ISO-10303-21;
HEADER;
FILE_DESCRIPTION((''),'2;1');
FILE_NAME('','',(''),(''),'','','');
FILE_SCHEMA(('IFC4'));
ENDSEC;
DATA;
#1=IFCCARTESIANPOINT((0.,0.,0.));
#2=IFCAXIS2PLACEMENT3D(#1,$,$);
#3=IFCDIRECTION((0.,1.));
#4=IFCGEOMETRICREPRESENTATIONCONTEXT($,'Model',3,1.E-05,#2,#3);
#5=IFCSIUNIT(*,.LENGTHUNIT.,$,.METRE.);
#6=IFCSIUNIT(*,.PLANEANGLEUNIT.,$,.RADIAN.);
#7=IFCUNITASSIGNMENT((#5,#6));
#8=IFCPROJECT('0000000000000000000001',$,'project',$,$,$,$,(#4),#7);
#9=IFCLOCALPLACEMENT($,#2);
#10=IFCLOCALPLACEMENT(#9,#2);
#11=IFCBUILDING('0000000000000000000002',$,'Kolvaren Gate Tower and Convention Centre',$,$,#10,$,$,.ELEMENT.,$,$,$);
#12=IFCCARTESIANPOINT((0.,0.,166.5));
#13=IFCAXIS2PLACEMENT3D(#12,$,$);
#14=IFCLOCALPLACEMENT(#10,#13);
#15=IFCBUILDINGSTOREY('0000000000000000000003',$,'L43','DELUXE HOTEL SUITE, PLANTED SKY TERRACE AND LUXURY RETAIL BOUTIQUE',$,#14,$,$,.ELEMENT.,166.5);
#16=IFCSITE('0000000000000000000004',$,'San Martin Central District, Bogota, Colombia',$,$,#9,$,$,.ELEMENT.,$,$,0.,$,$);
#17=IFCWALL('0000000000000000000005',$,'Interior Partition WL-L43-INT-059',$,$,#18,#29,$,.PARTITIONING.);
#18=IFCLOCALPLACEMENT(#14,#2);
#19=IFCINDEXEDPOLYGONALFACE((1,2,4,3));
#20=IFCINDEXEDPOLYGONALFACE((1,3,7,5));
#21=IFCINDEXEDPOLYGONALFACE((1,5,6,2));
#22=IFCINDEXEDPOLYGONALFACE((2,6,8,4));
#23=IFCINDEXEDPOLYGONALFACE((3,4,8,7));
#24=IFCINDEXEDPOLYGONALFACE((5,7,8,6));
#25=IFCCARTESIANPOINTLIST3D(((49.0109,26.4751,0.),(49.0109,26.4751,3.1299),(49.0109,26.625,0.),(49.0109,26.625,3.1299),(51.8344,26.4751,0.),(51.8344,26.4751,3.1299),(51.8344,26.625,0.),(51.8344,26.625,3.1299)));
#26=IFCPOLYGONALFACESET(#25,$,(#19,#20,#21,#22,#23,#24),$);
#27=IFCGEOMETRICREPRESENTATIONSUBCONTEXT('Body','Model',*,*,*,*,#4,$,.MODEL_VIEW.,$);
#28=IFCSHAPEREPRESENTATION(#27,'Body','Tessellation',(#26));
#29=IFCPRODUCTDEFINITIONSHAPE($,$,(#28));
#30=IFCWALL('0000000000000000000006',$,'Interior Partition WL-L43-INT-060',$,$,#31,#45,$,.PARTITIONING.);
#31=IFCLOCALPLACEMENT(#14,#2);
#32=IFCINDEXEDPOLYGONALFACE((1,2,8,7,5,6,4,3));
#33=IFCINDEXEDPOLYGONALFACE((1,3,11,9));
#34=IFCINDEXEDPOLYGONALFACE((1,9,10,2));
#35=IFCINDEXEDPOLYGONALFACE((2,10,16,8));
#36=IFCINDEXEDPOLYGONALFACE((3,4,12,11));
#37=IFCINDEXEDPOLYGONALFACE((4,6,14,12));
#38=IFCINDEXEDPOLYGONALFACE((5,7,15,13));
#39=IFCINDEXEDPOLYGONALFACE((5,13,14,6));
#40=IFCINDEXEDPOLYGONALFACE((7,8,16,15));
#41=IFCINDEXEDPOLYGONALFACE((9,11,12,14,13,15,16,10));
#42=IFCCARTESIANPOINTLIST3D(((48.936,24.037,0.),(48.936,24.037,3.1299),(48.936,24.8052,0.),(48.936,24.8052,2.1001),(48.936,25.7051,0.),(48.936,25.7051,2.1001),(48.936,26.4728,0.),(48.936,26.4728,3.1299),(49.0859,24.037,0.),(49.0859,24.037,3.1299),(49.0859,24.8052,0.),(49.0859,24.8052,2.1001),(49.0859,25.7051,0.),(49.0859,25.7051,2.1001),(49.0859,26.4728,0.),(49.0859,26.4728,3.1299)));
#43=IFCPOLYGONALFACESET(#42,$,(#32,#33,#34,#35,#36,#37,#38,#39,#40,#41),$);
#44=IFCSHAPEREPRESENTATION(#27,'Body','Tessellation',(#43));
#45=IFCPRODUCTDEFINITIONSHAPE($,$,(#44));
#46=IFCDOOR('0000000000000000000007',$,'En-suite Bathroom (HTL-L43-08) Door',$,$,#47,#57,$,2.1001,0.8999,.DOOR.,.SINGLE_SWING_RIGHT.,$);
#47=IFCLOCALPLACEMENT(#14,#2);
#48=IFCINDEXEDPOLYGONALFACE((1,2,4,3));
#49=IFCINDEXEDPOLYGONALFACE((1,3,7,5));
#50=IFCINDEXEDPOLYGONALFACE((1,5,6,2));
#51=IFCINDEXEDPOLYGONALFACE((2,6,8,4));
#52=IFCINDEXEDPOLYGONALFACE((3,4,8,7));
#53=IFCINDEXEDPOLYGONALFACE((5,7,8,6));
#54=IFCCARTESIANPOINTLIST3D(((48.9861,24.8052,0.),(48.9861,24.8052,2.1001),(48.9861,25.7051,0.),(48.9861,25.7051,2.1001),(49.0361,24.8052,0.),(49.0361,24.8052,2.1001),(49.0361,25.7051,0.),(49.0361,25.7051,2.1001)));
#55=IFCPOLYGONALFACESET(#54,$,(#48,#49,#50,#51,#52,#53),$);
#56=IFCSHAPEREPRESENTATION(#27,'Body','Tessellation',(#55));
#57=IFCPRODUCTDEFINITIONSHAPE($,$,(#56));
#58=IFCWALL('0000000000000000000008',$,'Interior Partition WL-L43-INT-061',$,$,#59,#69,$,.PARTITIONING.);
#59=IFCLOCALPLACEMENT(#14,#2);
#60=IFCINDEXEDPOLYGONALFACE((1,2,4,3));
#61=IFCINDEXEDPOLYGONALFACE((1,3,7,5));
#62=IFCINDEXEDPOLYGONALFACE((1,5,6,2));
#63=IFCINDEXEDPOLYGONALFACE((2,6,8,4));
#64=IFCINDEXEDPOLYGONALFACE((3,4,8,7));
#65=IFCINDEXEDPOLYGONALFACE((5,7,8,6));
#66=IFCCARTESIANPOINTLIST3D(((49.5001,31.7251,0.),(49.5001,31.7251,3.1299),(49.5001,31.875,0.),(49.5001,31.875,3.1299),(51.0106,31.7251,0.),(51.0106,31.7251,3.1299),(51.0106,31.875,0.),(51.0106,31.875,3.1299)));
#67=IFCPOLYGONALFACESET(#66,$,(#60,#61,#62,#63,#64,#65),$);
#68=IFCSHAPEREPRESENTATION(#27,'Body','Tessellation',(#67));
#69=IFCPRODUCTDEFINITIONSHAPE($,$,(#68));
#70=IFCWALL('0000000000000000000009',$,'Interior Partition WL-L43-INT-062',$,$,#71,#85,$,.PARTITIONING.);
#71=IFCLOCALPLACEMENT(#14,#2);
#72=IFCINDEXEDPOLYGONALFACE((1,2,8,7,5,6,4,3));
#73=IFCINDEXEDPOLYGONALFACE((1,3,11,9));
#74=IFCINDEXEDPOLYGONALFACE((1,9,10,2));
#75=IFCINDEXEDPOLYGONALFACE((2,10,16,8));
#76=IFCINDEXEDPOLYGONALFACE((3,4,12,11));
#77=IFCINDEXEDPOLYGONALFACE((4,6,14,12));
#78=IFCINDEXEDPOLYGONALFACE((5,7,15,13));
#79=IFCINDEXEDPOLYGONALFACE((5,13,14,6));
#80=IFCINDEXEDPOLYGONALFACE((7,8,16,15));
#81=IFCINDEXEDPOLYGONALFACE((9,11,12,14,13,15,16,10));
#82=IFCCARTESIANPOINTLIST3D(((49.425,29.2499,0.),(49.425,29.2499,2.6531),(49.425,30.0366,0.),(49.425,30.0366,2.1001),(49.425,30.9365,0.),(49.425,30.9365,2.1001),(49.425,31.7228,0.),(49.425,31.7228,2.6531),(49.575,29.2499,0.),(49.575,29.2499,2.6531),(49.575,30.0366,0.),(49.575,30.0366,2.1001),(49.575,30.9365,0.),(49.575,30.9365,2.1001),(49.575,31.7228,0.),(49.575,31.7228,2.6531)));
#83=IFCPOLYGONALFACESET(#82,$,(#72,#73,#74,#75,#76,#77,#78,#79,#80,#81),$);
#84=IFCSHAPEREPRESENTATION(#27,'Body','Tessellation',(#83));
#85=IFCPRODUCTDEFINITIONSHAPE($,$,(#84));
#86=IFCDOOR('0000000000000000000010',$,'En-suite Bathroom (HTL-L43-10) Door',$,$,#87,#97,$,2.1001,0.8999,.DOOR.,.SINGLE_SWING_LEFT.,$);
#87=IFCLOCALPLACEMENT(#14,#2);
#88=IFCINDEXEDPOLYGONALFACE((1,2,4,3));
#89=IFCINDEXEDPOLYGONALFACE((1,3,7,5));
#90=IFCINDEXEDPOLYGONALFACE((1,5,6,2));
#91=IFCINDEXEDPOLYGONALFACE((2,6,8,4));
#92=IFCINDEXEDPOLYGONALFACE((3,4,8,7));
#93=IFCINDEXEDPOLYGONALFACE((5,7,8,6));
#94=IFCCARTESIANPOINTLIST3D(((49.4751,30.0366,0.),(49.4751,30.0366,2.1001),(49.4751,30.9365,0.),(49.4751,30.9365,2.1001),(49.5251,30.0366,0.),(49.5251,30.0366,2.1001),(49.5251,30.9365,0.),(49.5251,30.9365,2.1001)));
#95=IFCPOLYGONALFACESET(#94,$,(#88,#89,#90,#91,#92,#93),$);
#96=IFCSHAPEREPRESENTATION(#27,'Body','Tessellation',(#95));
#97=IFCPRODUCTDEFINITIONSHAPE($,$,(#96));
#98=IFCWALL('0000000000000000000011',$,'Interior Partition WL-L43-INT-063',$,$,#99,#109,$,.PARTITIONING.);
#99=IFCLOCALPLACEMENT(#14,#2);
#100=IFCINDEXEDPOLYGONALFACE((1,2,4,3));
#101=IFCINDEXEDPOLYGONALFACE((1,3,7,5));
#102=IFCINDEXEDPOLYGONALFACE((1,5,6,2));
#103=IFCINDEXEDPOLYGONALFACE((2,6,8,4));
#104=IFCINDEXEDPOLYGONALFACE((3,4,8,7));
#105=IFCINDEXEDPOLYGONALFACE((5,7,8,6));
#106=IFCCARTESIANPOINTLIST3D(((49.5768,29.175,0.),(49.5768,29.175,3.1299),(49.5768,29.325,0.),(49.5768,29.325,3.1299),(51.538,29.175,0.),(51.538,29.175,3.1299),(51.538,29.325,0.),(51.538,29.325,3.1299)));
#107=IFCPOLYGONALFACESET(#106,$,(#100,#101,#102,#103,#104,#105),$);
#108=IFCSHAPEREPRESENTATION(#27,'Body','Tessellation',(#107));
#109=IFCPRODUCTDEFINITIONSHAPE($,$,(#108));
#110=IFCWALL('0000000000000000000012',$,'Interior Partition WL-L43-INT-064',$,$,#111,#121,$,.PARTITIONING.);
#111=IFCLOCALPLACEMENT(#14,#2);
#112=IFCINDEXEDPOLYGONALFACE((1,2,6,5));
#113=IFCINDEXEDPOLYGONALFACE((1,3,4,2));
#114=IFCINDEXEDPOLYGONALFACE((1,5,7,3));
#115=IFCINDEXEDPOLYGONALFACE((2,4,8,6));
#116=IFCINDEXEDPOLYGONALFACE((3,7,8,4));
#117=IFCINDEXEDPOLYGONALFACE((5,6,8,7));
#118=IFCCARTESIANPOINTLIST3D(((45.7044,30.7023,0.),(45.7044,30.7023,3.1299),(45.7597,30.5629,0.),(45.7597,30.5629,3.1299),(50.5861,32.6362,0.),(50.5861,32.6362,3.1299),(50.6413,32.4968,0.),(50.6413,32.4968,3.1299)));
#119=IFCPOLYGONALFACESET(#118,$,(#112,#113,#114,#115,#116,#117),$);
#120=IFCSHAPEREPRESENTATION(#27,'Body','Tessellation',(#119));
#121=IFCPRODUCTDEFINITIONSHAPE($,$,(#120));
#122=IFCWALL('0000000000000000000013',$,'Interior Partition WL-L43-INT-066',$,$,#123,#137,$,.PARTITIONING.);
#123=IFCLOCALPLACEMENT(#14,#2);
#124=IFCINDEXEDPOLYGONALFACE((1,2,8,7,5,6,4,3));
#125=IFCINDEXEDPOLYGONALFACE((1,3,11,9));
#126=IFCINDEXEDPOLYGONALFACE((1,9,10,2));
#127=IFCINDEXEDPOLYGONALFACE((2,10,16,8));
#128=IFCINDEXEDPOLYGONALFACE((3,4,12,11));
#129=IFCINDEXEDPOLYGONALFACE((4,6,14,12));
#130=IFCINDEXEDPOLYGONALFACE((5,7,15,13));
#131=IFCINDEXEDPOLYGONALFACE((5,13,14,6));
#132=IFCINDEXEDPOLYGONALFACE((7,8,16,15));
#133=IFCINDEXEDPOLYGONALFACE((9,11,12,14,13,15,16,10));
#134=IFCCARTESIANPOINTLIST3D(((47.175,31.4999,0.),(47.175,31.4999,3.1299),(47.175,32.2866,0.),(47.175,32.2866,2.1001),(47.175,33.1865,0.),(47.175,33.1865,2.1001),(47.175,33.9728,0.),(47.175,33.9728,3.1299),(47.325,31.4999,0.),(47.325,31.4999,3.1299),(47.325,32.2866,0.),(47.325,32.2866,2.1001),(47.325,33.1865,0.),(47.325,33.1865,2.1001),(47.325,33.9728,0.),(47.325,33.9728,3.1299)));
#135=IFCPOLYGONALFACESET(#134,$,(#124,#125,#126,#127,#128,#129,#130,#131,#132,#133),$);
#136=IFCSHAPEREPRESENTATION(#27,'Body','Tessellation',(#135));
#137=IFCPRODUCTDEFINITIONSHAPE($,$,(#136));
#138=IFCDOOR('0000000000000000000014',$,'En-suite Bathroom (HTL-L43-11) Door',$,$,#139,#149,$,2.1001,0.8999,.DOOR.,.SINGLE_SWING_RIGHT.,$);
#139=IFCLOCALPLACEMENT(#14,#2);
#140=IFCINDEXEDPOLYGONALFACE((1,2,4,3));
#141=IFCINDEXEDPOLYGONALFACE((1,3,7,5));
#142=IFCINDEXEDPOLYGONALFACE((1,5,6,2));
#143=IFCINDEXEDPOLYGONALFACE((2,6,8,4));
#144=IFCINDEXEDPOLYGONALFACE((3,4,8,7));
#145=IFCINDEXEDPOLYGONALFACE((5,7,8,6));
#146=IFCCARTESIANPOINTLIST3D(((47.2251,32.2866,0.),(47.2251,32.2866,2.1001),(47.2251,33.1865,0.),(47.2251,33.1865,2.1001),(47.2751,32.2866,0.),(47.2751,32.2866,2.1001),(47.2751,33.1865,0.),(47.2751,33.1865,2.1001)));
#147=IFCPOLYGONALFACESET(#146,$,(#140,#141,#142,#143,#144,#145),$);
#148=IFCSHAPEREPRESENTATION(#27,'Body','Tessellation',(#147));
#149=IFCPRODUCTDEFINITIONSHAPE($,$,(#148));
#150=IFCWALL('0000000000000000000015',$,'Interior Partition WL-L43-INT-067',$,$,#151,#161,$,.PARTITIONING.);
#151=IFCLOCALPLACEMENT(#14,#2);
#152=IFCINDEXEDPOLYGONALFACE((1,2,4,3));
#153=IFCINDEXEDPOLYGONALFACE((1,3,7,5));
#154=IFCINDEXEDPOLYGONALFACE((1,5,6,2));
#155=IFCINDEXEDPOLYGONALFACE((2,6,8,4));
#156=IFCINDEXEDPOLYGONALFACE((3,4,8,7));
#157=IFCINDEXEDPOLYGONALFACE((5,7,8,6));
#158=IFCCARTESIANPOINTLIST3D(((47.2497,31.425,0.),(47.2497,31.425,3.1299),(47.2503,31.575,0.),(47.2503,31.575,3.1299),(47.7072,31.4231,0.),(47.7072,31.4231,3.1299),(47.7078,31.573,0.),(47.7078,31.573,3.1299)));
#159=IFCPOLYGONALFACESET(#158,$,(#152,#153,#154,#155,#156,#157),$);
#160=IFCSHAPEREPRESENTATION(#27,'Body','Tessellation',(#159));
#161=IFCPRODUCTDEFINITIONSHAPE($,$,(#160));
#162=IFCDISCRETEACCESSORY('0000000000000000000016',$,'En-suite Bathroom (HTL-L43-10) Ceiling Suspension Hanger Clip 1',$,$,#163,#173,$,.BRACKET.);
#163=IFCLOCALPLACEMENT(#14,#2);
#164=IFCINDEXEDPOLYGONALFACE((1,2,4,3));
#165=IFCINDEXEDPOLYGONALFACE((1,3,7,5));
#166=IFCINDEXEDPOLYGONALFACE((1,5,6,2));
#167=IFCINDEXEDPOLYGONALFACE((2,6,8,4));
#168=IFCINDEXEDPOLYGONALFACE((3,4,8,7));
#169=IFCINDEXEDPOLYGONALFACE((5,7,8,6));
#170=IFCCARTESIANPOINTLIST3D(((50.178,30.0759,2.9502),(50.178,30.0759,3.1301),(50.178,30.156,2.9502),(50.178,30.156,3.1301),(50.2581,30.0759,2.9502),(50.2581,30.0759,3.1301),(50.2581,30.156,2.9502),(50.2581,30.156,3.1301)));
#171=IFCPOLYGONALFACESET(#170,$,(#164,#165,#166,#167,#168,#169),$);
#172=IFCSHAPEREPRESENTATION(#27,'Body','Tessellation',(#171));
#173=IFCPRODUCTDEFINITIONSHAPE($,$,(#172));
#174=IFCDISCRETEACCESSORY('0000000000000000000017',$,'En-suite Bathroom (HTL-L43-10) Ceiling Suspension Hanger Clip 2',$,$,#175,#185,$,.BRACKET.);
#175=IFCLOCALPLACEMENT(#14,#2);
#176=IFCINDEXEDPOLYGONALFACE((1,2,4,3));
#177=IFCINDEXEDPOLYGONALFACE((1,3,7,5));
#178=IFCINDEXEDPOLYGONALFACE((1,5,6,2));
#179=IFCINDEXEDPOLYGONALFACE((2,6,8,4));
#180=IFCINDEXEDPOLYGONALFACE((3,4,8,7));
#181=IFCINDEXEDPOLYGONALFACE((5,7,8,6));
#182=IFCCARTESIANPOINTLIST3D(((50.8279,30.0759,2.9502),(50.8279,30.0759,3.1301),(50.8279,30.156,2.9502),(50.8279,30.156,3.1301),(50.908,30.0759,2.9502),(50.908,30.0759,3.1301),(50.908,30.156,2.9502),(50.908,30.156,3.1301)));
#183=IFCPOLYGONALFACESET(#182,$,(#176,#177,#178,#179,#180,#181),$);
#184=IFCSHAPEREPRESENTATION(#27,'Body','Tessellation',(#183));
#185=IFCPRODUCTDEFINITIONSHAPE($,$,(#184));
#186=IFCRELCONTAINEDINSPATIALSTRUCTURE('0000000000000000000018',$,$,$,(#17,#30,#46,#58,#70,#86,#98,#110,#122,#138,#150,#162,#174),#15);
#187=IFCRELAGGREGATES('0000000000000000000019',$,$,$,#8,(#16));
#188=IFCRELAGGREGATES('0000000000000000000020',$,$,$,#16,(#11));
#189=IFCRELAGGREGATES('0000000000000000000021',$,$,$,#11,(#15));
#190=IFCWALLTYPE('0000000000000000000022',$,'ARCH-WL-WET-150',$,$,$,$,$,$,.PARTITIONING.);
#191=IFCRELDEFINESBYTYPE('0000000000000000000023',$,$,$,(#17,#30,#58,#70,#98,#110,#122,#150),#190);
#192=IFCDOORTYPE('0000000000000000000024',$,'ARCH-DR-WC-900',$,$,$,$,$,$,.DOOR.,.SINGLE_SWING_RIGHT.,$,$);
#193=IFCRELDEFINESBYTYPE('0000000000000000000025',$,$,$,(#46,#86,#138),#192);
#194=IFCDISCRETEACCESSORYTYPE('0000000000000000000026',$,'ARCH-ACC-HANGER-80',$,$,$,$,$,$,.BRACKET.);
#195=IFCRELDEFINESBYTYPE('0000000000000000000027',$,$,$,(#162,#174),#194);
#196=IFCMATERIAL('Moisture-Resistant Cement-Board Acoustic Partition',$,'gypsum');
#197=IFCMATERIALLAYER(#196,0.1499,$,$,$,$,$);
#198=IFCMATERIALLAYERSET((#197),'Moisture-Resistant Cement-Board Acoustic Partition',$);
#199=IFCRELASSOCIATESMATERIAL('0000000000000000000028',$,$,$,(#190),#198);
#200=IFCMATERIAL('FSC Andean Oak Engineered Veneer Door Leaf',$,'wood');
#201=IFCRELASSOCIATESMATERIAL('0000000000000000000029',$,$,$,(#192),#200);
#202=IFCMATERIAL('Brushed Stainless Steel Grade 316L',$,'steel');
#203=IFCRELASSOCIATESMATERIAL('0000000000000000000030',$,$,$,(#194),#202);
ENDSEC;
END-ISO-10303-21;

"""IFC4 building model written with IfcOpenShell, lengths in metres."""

from ifc_helpers import new_model, si_unit, direction, frame, frame_2d, origin, origin_2d, place, context, subcontext, project, spatial, rectangle, extrude, material, layer, layer_set, type_object, element, fill, save


model = new_model("IFC4")

# Units and contexts
model_context = context("Model", 3, precision=1e-05, world=origin(), true_north=direction((0.0, 1.0)))
body_context = subcontext(model_context, "Body", "Model", "MODEL_VIEW")
ifc_project = project(units=[si_unit("LENGTHUNIT", "METRE"), si_unit("PLANEANGLEUNIT", "RADIAN")], contexts=[model_context])

# Site, building, storey
site_placement = place(None, origin())
site = spatial("IfcSite", under=ifc_project, at=site_placement, Name="San Martin Central District, Bogota, Colombia", CompositionType="ELEMENT", RefElevation=0.0)
building_placement = place(site_placement, origin())
building = spatial("IfcBuilding", under=site, at=building_placement, Name="Kolvaren Gate Tower and Convention Centre", CompositionType="ELEMENT")
storey_placement = place(building_placement, frame((0.0, 0.0, 166.5)))
storey = spatial("IfcBuildingStorey", under=building, at=storey_placement, Name="L43", Description="DELUXE HOTEL SUITE, PLANTED SKY TERRACE AND LUXURY RETAIL BOUTIQUE", CompositionType="ELEMENT", Elevation=166.5)

# Wall
ifc_material_1 = material(Name="Moisture-Resistant Cement-Board Acoustic Partition", Category="gypsum")
ifc_layer_1 = layer(ifc_material_1, 0.1499)
ifc_layer_set_1 = layer_set([ifc_layer_1], Name="Moisture-Resistant Cement-Board Acoustic Partition")
wall_type_1 = type_object("IfcWallType", Name="ARCH-WL-WET-150", PredefinedType="PARTITIONING", material=ifc_layer_set_1)
wall_1_placement = place(storey_placement, frame((49.011, 26.55, 0.0), z_axis=(0.0, 0.0, 1.0), x_axis=(1.0, 0.0, 0.0)))
element("IfcWall", 1, at=wall_1_placement, inside=storey, type_object=wall_type_1, Name="Interior Partition WL-L43-INT-059", PredefinedType="PARTITIONING", context=body_context, shape_type="SweptSolid", body=[
    extrude(rectangle(XDim=2.8235, YDim=0.1499, at=frame_2d((1.4116, 0.0))), origin(), (0.0, 0.0, 1.0), 3.1299),
])

# Wall, opening, door
wall_2_placement = place(storey_placement, frame((49.011, 24.0371, 0.0), z_axis=(0.0, 0.0, 1.0), x_axis=(0.0, 1.0, 0.0)))
wall_2 = element("IfcWall", 2, at=wall_2_placement, inside=storey, type_object=wall_type_1, Name="Interior Partition WL-L43-INT-060", PredefinedType="PARTITIONING", context=body_context, shape_type="SweptSolid", body=[
    extrude(rectangle(XDim=2.4358, YDim=0.1499, at=frame_2d((1.2178, 0.0))), origin(), (0.0, 0.0, 1.0), 3.1299),
])
opening_1_placement = place(wall_2_placement, frame((0.7681, 0.0, 0.0)))
opening_1 = element("IfcOpeningElement", 3, at=opening_1_placement, cuts=wall_2, PredefinedType="OPENING", context=body_context, shape_type="SweptSolid", body=[
    extrude(rectangle(XDim=0.8999, YDim=2.1001, at=frame_2d((0.45, 1.05))), frame((0.0, 0.085, 0.0), z_axis=(0.0, -1.0, 0.0), x_axis=(1.0, 0.0, 0.0)), (0.0, 0.0, 1.0), 0.1699),
])
ifc_material_2 = material(Name="FSC Andean Oak Engineered Veneer Door Leaf", Category="wood")
door_type = type_object("IfcDoorType", Name="ARCH-DR-WC-900", OperationType="SINGLE_SWING_RIGHT", PredefinedType="DOOR", material=ifc_material_2)
door_1_placement = place(opening_1_placement, origin())
door_1 = element("IfcDoor", 4, at=door_1_placement, inside=storey, type_object=door_type, Name="En-suite Bathroom (HTL-L43-08) Door", OperationType="SINGLE_SWING_RIGHT", OverallHeight=2.1001, OverallWidth=0.8999, PredefinedType="DOOR", context=body_context, shape_type="SweptSolid", body=[
    extrude(rectangle(XDim=0.8999, YDim=2.1001, at=frame_2d((0.45, 1.05))), frame((0.0, 0.0249, 0.0), z_axis=(0.0, -1.0, 0.0), x_axis=(1.0, 0.0, 0.0)), (0.0, 0.0, 1.0), 0.05),
])
fill(opening_1, door_1)

# Wall
wall_3_placement = place(storey_placement, frame((49.5, 31.8, 0.0), z_axis=(0.0, 0.0, 1.0), x_axis=(1.0, 0.0, 0.0)))
element("IfcWall", 5, at=wall_3_placement, inside=storey, type_object=wall_type_1, Name="Interior Partition WL-L43-INT-061", PredefinedType="PARTITIONING", context=body_context, shape_type="SweptSolid", body=[
    extrude(rectangle(XDim=1.5105, YDim=0.1499, at=frame_2d((0.7554, 0.0))), origin(), (0.0, 0.0, 1.0), 3.1299),
])

# Wall, opening, door
wall_4_placement = place(storey_placement, frame((49.5, 29.25, 0.0), z_axis=(0.0, 0.0, 1.0), x_axis=(0.0, 1.0, 0.0)))
wall_4 = element("IfcWall", 6, at=wall_4_placement, inside=storey, type_object=wall_type_1, Name="Interior Partition WL-L43-INT-062", PredefinedType="PARTITIONING", context=body_context, shape_type="SweptSolid", body=[
    extrude(rectangle(XDim=2.4729, YDim=0.1499, at=frame_2d((1.2363, 0.0))), origin(), (0.0, 0.0, 1.0), 2.6531),
])
opening_2_placement = place(wall_4_placement, frame((0.7866, 0.0, 0.0)))
opening_2 = element("IfcOpeningElement", 7, at=opening_2_placement, cuts=wall_4, PredefinedType="OPENING", context=body_context, shape_type="SweptSolid", body=[
    extrude(rectangle(XDim=0.8999, YDim=2.1001, at=frame_2d((0.45, 1.05))), frame((0.0, 0.085, 0.0), z_axis=(0.0, -1.0, 0.0), x_axis=(1.0, 0.0, 0.0)), (0.0, 0.0, 1.0), 0.1699),
])
door_2_placement = place(opening_2_placement, origin())
door_2 = element("IfcDoor", 8, at=door_2_placement, inside=storey, type_object=door_type, Name="En-suite Bathroom (HTL-L43-10) Door", OperationType="SINGLE_SWING_LEFT", OverallHeight=2.1001, OverallWidth=0.8999, PredefinedType="DOOR", context=body_context, shape_type="SweptSolid", body=[
    extrude(rectangle(XDim=0.8999, YDim=2.1001, at=frame_2d((0.45, 1.05))), frame((0.0, 0.0249, 0.0), z_axis=(0.0, -1.0, 0.0), x_axis=(1.0, 0.0, 0.0)), (0.0, 0.0, 1.0), 0.05),
])
fill(opening_2, door_2)

# Walls
wall_5_placement = place(storey_placement, frame((49.5769, 29.25, 0.0), z_axis=(0.0, 0.0, 1.0), x_axis=(1.0, 0.0, 0.0)))
element("IfcWall", 9, at=wall_5_placement, inside=storey, type_object=wall_type_1, Name="Interior Partition WL-L43-INT-063", PredefinedType="PARTITIONING", context=body_context, shape_type="SweptSolid", body=[
    extrude(rectangle(XDim=1.9612, YDim=0.1499, at=frame_2d((0.9805, 0.0))), origin(), (0.0, 0.0, 1.0), 3.1299),
])
wall_6_placement = place(storey_placement, frame((45.7319, 30.6326, 0.0), z_axis=(0.0, 0.0, 1.0), x_axis=(0.929706, 0.368302, 0.0)))
element("IfcWall", 10, at=wall_6_placement, inside=storey, type_object=wall_type_1, Name="Interior Partition WL-L43-INT-064", PredefinedType="PARTITIONING", context=body_context, shape_type="SweptSolid", body=[
    extrude(rectangle(XDim=5.2507, YDim=0.1499, at=frame_2d((2.6255, 0.0))), origin(), (0.0, 0.0, 1.0), 3.1299),
])

# Wall, opening, door
wall_7_placement = place(storey_placement, frame((47.25, 31.5, 0.0), z_axis=(0.0, 0.0, 1.0), x_axis=(0.0, 1.0, 0.0)))
wall_7 = element("IfcWall", 11, at=wall_7_placement, inside=storey, type_object=wall_type_1, Name="Interior Partition WL-L43-INT-066", PredefinedType="PARTITIONING", context=body_context, shape_type="SweptSolid", body=[
    extrude(rectangle(XDim=2.4729, YDim=0.1499, at=frame_2d((1.2363, 0.0))), origin(), (0.0, 0.0, 1.0), 3.1299),
])
opening_3_placement = place(wall_7_placement, frame((0.7866, 0.0, 0.0)))
opening_3 = element("IfcOpeningElement", 12, at=opening_3_placement, cuts=wall_7, PredefinedType="OPENING", context=body_context, shape_type="SweptSolid", body=[
    extrude(rectangle(XDim=0.8999, YDim=2.1001, at=frame_2d((0.45, 1.05))), frame((0.0, 0.085, 0.0), z_axis=(0.0, -1.0, 0.0), x_axis=(1.0, 0.0, 0.0)), (0.0, 0.0, 1.0), 0.1699),
])
door_3_placement = place(opening_3_placement, origin())
door_3 = element("IfcDoor", 13, at=door_3_placement, inside=storey, type_object=door_type, Name="En-suite Bathroom (HTL-L43-11) Door", OperationType="SINGLE_SWING_RIGHT", OverallHeight=2.1001, OverallWidth=0.8999, PredefinedType="DOOR", context=body_context, shape_type="SweptSolid", body=[
    extrude(rectangle(XDim=0.8999, YDim=2.1001, at=frame_2d((0.45, 1.05))), frame((0.0, 0.0249, 0.0), z_axis=(0.0, -1.0, 0.0), x_axis=(1.0, 0.0, 0.0)), (0.0, 0.0, 1.0), 0.05),
])
fill(opening_3, door_3)

# Wall
wall_8_placement = place(storey_placement, frame((47.25, 31.5, 0.0), z_axis=(0.0, 0.0, 1.0), x_axis=(0.999991, -0.004269, 0.0)))
element("IfcWall", 14, at=wall_8_placement, inside=storey, type_object=wall_type_1, Name="Interior Partition WL-L43-INT-067", PredefinedType="PARTITIONING", context=body_context, shape_type="SweptSolid", body=[
    extrude(rectangle(XDim=0.4575, YDim=0.1499, at=frame_2d((0.2288, 0.0))), origin(), (0.0, 0.0, 1.0), 3.1299),
])

# Discrete accessories
ifc_material_3 = material(Name="Brushed Stainless Steel Grade 316L", Category="steel")
discrete_accessory_type = type_object("IfcDiscreteAccessoryType", Name="ARCH-ACC-HANGER-80", PredefinedType="BRACKET", material=ifc_material_3)
for number, where, z_axis, x_axis, name in (
    (15, (50.218, 30.116, 2.9502), (0.0, 0.0, 1.0), (1.0, 0.0, 0.0), "En-suite Bathroom (HTL-L43-10) Ceiling Suspension Hanger Clip 1"),
    (16, (50.8679, 30.116, 2.9502), (0.0, 0.0, 1.0), (1.0, 0.0, 0.0), "En-suite Bathroom (HTL-L43-10) Ceiling Suspension Hanger Clip 2"),
):
    element("IfcDiscreteAccessory", number, at=place(storey_placement, frame(where, z_axis=z_axis, x_axis=x_axis)), inside=storey, type_object=discrete_accessory_type, Name=name, PredefinedType="BRACKET", context=body_context, shape_type="SweptSolid", body=[
        extrude(rectangle(XDim=0.0801, YDim=0.0801, at=origin_2d()), origin(), (0.0, 0.0, 1.0), 0.1799),
    ])

save(model, "model.ifc")
